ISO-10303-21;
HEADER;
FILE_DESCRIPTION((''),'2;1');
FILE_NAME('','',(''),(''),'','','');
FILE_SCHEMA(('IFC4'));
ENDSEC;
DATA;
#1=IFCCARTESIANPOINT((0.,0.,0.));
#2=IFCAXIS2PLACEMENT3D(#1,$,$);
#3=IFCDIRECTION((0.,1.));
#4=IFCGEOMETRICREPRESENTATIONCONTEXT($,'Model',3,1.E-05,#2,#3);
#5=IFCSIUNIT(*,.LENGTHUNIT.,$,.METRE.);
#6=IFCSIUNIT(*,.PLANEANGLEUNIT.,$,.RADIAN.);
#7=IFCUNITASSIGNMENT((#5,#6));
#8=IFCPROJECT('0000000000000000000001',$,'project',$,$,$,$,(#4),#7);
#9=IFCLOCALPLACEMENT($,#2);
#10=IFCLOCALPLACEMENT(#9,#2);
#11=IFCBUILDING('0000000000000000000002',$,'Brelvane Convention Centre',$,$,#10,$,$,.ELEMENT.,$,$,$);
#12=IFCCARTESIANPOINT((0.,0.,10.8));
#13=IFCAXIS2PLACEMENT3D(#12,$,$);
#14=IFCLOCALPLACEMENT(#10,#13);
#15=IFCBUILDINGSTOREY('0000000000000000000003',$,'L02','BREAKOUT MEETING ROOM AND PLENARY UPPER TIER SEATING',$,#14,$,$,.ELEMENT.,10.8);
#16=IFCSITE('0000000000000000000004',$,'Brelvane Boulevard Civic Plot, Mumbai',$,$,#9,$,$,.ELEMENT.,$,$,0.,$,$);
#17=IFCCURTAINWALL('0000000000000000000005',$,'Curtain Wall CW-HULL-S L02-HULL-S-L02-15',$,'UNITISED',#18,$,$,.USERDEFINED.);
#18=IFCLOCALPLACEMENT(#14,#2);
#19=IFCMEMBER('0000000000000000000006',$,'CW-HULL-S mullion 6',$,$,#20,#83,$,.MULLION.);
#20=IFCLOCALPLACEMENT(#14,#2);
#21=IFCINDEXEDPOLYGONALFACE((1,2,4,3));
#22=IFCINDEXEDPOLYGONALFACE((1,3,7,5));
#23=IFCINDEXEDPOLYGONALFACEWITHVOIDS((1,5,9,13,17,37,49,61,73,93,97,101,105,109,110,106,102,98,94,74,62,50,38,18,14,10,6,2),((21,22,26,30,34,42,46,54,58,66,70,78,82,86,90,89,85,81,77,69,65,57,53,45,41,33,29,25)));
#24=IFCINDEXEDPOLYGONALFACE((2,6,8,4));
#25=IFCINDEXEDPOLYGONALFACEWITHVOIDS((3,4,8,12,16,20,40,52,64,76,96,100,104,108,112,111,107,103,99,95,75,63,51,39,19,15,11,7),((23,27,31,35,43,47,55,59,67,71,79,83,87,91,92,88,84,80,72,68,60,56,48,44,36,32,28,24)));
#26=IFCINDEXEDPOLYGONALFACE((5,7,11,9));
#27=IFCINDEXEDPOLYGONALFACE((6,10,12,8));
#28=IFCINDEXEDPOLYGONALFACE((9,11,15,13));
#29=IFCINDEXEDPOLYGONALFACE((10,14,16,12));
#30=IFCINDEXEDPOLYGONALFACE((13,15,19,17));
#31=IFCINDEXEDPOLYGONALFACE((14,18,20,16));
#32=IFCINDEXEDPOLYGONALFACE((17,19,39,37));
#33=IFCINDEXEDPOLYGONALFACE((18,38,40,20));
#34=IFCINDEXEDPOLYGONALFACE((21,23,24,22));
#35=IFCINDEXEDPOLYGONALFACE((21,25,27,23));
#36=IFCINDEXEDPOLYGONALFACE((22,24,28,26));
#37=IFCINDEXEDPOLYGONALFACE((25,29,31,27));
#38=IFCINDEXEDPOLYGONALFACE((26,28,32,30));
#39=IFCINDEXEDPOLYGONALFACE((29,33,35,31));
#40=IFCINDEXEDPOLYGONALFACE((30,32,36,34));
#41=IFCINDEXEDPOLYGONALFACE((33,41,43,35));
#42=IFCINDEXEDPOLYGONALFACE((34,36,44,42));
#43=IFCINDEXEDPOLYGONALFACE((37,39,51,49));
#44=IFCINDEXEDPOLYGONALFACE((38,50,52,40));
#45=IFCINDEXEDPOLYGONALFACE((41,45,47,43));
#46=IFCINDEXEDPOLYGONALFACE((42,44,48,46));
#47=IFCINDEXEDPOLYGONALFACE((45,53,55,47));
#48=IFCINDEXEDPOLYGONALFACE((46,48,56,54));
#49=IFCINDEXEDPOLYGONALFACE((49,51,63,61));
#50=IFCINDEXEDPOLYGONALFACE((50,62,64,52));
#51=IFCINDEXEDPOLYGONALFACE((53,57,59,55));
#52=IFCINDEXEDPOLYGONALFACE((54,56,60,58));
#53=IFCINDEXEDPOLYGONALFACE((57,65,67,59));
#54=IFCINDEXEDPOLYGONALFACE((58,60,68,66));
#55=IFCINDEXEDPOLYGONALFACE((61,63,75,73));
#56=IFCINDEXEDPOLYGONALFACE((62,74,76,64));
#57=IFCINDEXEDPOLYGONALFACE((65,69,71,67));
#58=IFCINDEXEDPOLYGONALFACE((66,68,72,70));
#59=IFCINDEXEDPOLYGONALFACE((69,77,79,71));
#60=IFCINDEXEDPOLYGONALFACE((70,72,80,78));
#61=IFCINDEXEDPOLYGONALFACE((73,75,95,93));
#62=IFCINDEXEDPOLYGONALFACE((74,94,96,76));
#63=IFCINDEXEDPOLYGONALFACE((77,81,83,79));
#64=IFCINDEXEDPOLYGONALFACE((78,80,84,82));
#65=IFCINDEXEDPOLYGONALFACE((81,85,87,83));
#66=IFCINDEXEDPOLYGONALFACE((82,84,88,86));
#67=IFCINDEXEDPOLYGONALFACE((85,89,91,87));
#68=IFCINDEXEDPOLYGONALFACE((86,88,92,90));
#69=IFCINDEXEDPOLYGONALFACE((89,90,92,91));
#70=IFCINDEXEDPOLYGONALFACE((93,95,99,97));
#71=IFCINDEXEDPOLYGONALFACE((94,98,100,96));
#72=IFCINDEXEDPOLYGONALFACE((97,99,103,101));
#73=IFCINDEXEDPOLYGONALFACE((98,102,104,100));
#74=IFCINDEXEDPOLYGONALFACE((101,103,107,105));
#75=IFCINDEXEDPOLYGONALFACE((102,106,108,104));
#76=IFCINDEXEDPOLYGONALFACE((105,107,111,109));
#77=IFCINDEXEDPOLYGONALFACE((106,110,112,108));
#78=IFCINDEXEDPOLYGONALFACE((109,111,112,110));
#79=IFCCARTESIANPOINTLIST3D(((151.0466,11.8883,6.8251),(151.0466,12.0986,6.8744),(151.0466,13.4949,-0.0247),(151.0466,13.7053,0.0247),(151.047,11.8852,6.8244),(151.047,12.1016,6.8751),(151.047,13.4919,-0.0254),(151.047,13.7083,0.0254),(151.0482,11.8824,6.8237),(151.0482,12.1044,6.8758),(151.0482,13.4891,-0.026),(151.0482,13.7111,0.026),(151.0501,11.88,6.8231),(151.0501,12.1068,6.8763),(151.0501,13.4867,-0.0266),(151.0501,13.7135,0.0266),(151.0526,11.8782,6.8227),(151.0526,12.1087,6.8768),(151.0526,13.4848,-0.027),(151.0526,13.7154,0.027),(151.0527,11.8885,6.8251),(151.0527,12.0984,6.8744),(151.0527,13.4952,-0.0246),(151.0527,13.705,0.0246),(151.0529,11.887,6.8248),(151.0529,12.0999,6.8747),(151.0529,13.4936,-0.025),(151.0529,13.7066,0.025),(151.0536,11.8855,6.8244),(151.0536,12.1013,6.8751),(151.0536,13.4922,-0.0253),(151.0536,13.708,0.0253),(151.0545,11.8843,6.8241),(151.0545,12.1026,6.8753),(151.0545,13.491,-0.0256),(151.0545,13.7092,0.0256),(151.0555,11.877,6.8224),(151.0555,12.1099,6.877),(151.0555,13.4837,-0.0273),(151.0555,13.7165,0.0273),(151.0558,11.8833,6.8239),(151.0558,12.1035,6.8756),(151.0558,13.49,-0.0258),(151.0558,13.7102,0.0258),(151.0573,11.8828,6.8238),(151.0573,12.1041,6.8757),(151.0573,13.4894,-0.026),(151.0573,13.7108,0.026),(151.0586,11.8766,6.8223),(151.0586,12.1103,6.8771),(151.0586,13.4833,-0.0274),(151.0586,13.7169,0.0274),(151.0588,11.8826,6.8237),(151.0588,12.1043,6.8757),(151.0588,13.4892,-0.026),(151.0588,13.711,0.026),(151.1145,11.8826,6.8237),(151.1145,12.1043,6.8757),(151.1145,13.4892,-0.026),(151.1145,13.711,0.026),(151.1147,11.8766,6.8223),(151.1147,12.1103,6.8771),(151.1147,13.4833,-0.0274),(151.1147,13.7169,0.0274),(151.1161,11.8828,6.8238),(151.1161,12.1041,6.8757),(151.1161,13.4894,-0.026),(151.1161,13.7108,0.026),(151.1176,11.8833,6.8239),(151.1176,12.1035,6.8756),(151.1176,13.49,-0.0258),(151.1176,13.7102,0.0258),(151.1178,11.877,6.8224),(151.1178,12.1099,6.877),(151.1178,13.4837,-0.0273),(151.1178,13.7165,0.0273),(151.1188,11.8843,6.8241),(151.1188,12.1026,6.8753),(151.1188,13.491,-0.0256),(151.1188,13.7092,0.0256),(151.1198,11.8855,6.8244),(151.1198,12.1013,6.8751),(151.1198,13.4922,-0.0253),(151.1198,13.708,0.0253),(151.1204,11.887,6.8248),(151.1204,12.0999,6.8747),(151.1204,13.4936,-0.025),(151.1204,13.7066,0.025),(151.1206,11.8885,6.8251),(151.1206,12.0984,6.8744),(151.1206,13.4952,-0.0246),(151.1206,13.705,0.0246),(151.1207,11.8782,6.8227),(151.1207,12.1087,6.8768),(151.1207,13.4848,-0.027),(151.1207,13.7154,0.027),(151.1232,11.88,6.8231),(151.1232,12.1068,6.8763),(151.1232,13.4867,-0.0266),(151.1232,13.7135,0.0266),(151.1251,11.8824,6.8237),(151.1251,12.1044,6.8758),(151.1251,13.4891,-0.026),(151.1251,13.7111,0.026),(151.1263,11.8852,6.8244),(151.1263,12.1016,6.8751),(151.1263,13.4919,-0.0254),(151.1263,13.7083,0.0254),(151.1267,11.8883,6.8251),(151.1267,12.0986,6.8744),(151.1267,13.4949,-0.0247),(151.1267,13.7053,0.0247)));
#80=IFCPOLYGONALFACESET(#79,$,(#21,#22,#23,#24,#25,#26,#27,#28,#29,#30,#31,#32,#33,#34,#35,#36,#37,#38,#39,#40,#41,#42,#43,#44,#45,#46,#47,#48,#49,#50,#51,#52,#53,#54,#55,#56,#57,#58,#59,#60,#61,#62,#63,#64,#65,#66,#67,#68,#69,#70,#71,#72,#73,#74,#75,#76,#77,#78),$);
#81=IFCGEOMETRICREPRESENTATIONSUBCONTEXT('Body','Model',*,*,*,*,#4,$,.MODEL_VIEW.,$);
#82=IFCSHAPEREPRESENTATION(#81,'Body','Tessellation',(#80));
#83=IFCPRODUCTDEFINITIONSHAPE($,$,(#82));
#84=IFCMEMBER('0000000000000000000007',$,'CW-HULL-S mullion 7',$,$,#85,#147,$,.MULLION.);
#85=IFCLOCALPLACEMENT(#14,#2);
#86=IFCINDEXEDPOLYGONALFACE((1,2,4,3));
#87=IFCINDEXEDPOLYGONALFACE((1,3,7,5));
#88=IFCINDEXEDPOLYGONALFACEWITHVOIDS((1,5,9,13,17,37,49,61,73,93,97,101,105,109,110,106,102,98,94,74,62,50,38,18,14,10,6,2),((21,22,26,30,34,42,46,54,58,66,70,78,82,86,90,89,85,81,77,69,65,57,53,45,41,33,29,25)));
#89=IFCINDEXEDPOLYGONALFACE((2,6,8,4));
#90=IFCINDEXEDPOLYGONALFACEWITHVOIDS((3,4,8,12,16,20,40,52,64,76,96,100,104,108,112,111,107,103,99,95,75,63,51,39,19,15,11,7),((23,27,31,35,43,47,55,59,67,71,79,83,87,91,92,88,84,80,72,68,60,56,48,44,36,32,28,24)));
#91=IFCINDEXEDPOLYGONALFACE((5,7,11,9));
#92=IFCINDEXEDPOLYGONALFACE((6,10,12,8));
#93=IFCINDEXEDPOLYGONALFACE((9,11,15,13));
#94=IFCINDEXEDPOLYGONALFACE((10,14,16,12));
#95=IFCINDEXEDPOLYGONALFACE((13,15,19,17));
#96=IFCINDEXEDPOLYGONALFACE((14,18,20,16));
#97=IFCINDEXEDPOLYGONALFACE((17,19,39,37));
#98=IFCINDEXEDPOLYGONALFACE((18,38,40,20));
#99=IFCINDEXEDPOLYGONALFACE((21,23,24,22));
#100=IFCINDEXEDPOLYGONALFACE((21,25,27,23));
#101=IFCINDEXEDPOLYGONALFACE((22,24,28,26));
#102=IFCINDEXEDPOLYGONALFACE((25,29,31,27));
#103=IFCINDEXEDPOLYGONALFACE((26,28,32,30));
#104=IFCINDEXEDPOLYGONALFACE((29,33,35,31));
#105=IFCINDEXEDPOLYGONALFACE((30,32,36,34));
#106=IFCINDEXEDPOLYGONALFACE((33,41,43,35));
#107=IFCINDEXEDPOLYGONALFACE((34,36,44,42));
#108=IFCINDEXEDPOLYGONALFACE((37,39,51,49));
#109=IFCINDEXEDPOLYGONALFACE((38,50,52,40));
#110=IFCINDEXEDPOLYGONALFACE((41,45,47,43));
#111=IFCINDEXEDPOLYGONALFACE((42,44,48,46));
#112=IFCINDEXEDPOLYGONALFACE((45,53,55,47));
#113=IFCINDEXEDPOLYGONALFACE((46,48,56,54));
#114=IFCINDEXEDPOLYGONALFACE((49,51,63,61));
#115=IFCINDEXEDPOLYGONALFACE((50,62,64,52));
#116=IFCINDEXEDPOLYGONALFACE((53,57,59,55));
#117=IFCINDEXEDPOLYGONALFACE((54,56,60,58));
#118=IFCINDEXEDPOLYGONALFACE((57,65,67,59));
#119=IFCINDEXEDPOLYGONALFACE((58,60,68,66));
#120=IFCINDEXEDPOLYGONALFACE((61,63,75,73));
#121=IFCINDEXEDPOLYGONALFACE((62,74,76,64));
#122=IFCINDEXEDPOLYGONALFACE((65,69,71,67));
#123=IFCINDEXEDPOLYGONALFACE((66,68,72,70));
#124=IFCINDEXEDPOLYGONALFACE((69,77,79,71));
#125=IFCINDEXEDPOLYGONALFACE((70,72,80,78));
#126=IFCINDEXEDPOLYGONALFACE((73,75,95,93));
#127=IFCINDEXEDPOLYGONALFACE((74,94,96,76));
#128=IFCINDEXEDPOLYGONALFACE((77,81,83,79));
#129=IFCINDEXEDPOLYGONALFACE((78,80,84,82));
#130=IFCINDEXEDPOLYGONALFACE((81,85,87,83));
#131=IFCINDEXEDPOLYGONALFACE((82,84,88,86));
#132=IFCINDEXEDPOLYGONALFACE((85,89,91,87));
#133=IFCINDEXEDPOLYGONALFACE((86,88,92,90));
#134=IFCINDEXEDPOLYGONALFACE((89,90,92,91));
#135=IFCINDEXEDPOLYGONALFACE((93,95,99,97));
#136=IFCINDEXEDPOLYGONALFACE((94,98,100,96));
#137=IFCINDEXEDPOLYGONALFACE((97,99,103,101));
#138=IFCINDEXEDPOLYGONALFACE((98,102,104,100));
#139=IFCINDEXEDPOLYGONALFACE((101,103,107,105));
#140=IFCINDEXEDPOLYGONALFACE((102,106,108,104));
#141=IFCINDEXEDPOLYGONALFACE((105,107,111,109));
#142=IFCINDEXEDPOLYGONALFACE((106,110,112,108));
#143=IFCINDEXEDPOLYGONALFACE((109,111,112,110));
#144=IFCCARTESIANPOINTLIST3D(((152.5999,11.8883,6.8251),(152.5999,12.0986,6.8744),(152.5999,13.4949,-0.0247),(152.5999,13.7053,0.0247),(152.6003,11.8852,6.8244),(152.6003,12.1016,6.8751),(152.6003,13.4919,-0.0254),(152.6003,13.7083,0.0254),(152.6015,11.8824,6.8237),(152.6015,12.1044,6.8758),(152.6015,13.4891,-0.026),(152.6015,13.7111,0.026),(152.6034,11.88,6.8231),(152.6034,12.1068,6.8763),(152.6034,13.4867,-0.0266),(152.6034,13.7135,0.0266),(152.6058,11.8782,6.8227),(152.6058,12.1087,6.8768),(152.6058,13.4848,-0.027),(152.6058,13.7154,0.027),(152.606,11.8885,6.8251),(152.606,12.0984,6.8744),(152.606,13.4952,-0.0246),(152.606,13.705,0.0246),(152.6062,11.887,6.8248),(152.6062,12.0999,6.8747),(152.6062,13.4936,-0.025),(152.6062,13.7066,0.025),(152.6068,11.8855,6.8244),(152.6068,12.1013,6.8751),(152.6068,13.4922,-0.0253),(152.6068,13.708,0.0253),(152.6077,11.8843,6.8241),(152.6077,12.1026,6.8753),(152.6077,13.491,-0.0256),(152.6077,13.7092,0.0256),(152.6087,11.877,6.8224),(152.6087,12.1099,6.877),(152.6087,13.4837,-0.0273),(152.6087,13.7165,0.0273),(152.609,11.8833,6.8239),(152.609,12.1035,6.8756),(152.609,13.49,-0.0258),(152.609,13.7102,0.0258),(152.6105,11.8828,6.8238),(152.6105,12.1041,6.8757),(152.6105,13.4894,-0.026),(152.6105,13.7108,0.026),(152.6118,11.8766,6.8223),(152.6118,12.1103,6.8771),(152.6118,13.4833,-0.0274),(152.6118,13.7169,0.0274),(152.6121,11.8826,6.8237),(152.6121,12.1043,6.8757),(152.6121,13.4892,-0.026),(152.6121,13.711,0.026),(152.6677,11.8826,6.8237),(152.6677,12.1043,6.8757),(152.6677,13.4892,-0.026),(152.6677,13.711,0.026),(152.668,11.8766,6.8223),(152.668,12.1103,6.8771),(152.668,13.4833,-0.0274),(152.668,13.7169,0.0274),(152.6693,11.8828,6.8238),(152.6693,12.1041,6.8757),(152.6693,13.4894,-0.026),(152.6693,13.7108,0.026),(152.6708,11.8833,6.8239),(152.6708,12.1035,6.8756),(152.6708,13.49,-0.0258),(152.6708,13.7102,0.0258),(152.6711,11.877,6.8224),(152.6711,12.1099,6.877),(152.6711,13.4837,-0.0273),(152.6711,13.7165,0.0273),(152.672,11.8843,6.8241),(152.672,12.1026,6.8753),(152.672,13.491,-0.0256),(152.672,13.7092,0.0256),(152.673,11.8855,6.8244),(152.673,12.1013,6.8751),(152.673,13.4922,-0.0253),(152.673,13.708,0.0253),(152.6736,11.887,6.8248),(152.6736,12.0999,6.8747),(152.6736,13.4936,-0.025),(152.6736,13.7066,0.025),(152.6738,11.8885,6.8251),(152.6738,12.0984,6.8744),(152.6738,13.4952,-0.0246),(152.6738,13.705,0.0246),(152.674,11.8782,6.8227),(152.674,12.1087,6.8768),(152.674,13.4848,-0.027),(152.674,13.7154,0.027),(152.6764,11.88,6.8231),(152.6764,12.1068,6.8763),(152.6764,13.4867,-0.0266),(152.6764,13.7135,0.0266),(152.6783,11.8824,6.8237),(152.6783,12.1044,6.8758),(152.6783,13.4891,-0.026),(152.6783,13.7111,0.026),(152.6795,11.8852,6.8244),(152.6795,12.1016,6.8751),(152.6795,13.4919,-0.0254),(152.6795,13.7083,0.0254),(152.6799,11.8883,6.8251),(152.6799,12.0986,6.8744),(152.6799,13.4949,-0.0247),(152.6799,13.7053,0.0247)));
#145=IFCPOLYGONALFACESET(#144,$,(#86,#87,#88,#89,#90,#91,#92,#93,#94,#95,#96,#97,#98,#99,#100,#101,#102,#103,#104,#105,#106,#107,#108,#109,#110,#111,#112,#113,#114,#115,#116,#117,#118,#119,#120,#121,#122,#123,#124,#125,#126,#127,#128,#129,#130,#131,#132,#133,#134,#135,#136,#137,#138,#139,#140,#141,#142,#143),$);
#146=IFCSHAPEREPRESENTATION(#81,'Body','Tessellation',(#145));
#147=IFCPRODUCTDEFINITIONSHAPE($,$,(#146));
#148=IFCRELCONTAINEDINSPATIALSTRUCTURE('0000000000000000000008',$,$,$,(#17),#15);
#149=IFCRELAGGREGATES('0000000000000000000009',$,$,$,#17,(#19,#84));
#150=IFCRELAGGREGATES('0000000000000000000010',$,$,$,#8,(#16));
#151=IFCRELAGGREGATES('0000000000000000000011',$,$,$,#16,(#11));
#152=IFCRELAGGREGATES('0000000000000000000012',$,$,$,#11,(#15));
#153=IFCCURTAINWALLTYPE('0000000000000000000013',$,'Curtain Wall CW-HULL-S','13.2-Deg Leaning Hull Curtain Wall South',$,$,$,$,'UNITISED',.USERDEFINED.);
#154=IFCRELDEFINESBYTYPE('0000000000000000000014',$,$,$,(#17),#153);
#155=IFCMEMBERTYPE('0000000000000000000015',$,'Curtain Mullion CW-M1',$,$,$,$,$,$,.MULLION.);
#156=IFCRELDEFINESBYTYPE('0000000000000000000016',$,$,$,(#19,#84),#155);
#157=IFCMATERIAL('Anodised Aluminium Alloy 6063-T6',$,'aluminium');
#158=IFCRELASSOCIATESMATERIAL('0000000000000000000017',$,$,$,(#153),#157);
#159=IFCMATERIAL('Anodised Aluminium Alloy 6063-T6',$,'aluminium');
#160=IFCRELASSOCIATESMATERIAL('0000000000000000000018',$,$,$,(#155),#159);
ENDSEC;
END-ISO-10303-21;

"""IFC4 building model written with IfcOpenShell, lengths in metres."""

from ifc_helpers import new_model, si_unit, direction, frame, origin, origin_2d, place, context, subcontext, project, spatial, hollow_rectangle, extrude, material, material_profile, profile_set, type_object, element, aggregate, save


model = new_model("IFC4")

# Units and contexts
model_context = context("Model", 3, precision=1e-05, world=origin(), true_north=direction((0.0, 1.0)))
body_context = subcontext(model_context, "Body", "Model", "MODEL_VIEW")
ifc_project = project(units=[si_unit("LENGTHUNIT", "METRE"), si_unit("PLANEANGLEUNIT", "RADIAN")], contexts=[model_context])

# Site, building, storey
site_placement = place(None, origin())
site = spatial("IfcSite", under=ifc_project, at=site_placement, Name="Brelvane Boulevard Civic Plot, Mumbai", CompositionType="ELEMENT", RefElevation=0.0)
building_placement = place(site_placement, origin())
building = spatial("IfcBuilding", under=site, at=building_placement, Name="Brelvane Convention Centre", CompositionType="ELEMENT")
storey_placement = place(building_placement, frame((0.0, 0.0, 10.8)))
storey = spatial("IfcBuildingStorey", under=building, at=storey_placement, Name="L02", Description="BREAKOUT MEETING ROOM AND PLENARY UPPER TIER SEATING", CompositionType="ELEMENT", Elevation=10.8)

# Curtain wall, members
ifc_material_1 = material(Name="Anodised Aluminium Alloy 6063-T6", Category="aluminium")
curtain_wall_type = type_object("IfcCurtainWallType", Name="Curtain Wall CW-HULL-S", Description="13.2-Deg Leaning Hull Curtain Wall South", ElementType="UNITISED", PredefinedType="USERDEFINED", material=ifc_material_1)
curtain_wall_1_placement = place(storey_placement, origin())
curtain_wall_1 = element("IfcCurtainWall", 1, at=curtain_wall_1_placement, inside=storey, type_object=curtain_wall_type, Name="Curtain Wall CW-HULL-S L02-HULL-S-L02-15", ObjectType="UNITISED", PredefinedType="USERDEFINED")
ifc_material_2 = material(Name="Anodised Aluminium Alloy 6063-T6", Category="aluminium")
ifc_material_profile_1 = material_profile(ifc_material_2, hollow_rectangle(XDim=0.0801, YDim=0.24, WallThickness=0.0061, InnerFilletRadius=0.0061, OuterFilletRadius=0.012, at=origin_2d()), Name="ALU-M 240x80x6.0")
ifc_profile_set_1 = profile_set([ifc_material_profile_1], Name="Anodised Aluminium Alloy 6063-T6")
member_type_1 = type_object("IfcMemberType", Name="Curtain Mullion CW-M1", PredefinedType="MULLION", material=ifc_profile_set_1)
member_1_placement = place(storey_placement, frame((151.0867, 13.6001, 0.0), z_axis=(0.0, -0.22836, 0.973577), x_axis=(1.0, 0.0, 0.0)))
member_1 = element("IfcMember", 2, at=member_1_placement, type_object=member_type_1, Name="CW-HULL-S mullion 6", PredefinedType="MULLION", context=body_context, shape_type="SweptSolid", body=[
    extrude(hollow_rectangle(XDim=0.0801, YDim=0.24, WallThickness=0.0061, InnerFilletRadius=0.0061, OuterFilletRadius=0.012, at=origin_2d()), origin(), (0.0, 0.0, 1.0), 7.0356),
])
member_2_placement = place(storey_placement, frame((152.6399, 13.6001, 0.0), z_axis=(0.0, -0.22836, 0.973577), x_axis=(1.0, 0.0, 0.0)))
member_2 = element("IfcMember", 3, at=member_2_placement, type_object=member_type_1, Name="CW-HULL-S mullion 7", PredefinedType="MULLION", context=body_context, shape_type="SweptSolid", body=[
    extrude(hollow_rectangle(XDim=0.0801, YDim=0.24, WallThickness=0.0061, InnerFilletRadius=0.0061, OuterFilletRadius=0.012, at=origin_2d()), origin(), (0.0, 0.0, 1.0), 7.0356),
])

aggregate(curtain_wall_1, [member_1, member_2])

save(model, "model.ifc")
